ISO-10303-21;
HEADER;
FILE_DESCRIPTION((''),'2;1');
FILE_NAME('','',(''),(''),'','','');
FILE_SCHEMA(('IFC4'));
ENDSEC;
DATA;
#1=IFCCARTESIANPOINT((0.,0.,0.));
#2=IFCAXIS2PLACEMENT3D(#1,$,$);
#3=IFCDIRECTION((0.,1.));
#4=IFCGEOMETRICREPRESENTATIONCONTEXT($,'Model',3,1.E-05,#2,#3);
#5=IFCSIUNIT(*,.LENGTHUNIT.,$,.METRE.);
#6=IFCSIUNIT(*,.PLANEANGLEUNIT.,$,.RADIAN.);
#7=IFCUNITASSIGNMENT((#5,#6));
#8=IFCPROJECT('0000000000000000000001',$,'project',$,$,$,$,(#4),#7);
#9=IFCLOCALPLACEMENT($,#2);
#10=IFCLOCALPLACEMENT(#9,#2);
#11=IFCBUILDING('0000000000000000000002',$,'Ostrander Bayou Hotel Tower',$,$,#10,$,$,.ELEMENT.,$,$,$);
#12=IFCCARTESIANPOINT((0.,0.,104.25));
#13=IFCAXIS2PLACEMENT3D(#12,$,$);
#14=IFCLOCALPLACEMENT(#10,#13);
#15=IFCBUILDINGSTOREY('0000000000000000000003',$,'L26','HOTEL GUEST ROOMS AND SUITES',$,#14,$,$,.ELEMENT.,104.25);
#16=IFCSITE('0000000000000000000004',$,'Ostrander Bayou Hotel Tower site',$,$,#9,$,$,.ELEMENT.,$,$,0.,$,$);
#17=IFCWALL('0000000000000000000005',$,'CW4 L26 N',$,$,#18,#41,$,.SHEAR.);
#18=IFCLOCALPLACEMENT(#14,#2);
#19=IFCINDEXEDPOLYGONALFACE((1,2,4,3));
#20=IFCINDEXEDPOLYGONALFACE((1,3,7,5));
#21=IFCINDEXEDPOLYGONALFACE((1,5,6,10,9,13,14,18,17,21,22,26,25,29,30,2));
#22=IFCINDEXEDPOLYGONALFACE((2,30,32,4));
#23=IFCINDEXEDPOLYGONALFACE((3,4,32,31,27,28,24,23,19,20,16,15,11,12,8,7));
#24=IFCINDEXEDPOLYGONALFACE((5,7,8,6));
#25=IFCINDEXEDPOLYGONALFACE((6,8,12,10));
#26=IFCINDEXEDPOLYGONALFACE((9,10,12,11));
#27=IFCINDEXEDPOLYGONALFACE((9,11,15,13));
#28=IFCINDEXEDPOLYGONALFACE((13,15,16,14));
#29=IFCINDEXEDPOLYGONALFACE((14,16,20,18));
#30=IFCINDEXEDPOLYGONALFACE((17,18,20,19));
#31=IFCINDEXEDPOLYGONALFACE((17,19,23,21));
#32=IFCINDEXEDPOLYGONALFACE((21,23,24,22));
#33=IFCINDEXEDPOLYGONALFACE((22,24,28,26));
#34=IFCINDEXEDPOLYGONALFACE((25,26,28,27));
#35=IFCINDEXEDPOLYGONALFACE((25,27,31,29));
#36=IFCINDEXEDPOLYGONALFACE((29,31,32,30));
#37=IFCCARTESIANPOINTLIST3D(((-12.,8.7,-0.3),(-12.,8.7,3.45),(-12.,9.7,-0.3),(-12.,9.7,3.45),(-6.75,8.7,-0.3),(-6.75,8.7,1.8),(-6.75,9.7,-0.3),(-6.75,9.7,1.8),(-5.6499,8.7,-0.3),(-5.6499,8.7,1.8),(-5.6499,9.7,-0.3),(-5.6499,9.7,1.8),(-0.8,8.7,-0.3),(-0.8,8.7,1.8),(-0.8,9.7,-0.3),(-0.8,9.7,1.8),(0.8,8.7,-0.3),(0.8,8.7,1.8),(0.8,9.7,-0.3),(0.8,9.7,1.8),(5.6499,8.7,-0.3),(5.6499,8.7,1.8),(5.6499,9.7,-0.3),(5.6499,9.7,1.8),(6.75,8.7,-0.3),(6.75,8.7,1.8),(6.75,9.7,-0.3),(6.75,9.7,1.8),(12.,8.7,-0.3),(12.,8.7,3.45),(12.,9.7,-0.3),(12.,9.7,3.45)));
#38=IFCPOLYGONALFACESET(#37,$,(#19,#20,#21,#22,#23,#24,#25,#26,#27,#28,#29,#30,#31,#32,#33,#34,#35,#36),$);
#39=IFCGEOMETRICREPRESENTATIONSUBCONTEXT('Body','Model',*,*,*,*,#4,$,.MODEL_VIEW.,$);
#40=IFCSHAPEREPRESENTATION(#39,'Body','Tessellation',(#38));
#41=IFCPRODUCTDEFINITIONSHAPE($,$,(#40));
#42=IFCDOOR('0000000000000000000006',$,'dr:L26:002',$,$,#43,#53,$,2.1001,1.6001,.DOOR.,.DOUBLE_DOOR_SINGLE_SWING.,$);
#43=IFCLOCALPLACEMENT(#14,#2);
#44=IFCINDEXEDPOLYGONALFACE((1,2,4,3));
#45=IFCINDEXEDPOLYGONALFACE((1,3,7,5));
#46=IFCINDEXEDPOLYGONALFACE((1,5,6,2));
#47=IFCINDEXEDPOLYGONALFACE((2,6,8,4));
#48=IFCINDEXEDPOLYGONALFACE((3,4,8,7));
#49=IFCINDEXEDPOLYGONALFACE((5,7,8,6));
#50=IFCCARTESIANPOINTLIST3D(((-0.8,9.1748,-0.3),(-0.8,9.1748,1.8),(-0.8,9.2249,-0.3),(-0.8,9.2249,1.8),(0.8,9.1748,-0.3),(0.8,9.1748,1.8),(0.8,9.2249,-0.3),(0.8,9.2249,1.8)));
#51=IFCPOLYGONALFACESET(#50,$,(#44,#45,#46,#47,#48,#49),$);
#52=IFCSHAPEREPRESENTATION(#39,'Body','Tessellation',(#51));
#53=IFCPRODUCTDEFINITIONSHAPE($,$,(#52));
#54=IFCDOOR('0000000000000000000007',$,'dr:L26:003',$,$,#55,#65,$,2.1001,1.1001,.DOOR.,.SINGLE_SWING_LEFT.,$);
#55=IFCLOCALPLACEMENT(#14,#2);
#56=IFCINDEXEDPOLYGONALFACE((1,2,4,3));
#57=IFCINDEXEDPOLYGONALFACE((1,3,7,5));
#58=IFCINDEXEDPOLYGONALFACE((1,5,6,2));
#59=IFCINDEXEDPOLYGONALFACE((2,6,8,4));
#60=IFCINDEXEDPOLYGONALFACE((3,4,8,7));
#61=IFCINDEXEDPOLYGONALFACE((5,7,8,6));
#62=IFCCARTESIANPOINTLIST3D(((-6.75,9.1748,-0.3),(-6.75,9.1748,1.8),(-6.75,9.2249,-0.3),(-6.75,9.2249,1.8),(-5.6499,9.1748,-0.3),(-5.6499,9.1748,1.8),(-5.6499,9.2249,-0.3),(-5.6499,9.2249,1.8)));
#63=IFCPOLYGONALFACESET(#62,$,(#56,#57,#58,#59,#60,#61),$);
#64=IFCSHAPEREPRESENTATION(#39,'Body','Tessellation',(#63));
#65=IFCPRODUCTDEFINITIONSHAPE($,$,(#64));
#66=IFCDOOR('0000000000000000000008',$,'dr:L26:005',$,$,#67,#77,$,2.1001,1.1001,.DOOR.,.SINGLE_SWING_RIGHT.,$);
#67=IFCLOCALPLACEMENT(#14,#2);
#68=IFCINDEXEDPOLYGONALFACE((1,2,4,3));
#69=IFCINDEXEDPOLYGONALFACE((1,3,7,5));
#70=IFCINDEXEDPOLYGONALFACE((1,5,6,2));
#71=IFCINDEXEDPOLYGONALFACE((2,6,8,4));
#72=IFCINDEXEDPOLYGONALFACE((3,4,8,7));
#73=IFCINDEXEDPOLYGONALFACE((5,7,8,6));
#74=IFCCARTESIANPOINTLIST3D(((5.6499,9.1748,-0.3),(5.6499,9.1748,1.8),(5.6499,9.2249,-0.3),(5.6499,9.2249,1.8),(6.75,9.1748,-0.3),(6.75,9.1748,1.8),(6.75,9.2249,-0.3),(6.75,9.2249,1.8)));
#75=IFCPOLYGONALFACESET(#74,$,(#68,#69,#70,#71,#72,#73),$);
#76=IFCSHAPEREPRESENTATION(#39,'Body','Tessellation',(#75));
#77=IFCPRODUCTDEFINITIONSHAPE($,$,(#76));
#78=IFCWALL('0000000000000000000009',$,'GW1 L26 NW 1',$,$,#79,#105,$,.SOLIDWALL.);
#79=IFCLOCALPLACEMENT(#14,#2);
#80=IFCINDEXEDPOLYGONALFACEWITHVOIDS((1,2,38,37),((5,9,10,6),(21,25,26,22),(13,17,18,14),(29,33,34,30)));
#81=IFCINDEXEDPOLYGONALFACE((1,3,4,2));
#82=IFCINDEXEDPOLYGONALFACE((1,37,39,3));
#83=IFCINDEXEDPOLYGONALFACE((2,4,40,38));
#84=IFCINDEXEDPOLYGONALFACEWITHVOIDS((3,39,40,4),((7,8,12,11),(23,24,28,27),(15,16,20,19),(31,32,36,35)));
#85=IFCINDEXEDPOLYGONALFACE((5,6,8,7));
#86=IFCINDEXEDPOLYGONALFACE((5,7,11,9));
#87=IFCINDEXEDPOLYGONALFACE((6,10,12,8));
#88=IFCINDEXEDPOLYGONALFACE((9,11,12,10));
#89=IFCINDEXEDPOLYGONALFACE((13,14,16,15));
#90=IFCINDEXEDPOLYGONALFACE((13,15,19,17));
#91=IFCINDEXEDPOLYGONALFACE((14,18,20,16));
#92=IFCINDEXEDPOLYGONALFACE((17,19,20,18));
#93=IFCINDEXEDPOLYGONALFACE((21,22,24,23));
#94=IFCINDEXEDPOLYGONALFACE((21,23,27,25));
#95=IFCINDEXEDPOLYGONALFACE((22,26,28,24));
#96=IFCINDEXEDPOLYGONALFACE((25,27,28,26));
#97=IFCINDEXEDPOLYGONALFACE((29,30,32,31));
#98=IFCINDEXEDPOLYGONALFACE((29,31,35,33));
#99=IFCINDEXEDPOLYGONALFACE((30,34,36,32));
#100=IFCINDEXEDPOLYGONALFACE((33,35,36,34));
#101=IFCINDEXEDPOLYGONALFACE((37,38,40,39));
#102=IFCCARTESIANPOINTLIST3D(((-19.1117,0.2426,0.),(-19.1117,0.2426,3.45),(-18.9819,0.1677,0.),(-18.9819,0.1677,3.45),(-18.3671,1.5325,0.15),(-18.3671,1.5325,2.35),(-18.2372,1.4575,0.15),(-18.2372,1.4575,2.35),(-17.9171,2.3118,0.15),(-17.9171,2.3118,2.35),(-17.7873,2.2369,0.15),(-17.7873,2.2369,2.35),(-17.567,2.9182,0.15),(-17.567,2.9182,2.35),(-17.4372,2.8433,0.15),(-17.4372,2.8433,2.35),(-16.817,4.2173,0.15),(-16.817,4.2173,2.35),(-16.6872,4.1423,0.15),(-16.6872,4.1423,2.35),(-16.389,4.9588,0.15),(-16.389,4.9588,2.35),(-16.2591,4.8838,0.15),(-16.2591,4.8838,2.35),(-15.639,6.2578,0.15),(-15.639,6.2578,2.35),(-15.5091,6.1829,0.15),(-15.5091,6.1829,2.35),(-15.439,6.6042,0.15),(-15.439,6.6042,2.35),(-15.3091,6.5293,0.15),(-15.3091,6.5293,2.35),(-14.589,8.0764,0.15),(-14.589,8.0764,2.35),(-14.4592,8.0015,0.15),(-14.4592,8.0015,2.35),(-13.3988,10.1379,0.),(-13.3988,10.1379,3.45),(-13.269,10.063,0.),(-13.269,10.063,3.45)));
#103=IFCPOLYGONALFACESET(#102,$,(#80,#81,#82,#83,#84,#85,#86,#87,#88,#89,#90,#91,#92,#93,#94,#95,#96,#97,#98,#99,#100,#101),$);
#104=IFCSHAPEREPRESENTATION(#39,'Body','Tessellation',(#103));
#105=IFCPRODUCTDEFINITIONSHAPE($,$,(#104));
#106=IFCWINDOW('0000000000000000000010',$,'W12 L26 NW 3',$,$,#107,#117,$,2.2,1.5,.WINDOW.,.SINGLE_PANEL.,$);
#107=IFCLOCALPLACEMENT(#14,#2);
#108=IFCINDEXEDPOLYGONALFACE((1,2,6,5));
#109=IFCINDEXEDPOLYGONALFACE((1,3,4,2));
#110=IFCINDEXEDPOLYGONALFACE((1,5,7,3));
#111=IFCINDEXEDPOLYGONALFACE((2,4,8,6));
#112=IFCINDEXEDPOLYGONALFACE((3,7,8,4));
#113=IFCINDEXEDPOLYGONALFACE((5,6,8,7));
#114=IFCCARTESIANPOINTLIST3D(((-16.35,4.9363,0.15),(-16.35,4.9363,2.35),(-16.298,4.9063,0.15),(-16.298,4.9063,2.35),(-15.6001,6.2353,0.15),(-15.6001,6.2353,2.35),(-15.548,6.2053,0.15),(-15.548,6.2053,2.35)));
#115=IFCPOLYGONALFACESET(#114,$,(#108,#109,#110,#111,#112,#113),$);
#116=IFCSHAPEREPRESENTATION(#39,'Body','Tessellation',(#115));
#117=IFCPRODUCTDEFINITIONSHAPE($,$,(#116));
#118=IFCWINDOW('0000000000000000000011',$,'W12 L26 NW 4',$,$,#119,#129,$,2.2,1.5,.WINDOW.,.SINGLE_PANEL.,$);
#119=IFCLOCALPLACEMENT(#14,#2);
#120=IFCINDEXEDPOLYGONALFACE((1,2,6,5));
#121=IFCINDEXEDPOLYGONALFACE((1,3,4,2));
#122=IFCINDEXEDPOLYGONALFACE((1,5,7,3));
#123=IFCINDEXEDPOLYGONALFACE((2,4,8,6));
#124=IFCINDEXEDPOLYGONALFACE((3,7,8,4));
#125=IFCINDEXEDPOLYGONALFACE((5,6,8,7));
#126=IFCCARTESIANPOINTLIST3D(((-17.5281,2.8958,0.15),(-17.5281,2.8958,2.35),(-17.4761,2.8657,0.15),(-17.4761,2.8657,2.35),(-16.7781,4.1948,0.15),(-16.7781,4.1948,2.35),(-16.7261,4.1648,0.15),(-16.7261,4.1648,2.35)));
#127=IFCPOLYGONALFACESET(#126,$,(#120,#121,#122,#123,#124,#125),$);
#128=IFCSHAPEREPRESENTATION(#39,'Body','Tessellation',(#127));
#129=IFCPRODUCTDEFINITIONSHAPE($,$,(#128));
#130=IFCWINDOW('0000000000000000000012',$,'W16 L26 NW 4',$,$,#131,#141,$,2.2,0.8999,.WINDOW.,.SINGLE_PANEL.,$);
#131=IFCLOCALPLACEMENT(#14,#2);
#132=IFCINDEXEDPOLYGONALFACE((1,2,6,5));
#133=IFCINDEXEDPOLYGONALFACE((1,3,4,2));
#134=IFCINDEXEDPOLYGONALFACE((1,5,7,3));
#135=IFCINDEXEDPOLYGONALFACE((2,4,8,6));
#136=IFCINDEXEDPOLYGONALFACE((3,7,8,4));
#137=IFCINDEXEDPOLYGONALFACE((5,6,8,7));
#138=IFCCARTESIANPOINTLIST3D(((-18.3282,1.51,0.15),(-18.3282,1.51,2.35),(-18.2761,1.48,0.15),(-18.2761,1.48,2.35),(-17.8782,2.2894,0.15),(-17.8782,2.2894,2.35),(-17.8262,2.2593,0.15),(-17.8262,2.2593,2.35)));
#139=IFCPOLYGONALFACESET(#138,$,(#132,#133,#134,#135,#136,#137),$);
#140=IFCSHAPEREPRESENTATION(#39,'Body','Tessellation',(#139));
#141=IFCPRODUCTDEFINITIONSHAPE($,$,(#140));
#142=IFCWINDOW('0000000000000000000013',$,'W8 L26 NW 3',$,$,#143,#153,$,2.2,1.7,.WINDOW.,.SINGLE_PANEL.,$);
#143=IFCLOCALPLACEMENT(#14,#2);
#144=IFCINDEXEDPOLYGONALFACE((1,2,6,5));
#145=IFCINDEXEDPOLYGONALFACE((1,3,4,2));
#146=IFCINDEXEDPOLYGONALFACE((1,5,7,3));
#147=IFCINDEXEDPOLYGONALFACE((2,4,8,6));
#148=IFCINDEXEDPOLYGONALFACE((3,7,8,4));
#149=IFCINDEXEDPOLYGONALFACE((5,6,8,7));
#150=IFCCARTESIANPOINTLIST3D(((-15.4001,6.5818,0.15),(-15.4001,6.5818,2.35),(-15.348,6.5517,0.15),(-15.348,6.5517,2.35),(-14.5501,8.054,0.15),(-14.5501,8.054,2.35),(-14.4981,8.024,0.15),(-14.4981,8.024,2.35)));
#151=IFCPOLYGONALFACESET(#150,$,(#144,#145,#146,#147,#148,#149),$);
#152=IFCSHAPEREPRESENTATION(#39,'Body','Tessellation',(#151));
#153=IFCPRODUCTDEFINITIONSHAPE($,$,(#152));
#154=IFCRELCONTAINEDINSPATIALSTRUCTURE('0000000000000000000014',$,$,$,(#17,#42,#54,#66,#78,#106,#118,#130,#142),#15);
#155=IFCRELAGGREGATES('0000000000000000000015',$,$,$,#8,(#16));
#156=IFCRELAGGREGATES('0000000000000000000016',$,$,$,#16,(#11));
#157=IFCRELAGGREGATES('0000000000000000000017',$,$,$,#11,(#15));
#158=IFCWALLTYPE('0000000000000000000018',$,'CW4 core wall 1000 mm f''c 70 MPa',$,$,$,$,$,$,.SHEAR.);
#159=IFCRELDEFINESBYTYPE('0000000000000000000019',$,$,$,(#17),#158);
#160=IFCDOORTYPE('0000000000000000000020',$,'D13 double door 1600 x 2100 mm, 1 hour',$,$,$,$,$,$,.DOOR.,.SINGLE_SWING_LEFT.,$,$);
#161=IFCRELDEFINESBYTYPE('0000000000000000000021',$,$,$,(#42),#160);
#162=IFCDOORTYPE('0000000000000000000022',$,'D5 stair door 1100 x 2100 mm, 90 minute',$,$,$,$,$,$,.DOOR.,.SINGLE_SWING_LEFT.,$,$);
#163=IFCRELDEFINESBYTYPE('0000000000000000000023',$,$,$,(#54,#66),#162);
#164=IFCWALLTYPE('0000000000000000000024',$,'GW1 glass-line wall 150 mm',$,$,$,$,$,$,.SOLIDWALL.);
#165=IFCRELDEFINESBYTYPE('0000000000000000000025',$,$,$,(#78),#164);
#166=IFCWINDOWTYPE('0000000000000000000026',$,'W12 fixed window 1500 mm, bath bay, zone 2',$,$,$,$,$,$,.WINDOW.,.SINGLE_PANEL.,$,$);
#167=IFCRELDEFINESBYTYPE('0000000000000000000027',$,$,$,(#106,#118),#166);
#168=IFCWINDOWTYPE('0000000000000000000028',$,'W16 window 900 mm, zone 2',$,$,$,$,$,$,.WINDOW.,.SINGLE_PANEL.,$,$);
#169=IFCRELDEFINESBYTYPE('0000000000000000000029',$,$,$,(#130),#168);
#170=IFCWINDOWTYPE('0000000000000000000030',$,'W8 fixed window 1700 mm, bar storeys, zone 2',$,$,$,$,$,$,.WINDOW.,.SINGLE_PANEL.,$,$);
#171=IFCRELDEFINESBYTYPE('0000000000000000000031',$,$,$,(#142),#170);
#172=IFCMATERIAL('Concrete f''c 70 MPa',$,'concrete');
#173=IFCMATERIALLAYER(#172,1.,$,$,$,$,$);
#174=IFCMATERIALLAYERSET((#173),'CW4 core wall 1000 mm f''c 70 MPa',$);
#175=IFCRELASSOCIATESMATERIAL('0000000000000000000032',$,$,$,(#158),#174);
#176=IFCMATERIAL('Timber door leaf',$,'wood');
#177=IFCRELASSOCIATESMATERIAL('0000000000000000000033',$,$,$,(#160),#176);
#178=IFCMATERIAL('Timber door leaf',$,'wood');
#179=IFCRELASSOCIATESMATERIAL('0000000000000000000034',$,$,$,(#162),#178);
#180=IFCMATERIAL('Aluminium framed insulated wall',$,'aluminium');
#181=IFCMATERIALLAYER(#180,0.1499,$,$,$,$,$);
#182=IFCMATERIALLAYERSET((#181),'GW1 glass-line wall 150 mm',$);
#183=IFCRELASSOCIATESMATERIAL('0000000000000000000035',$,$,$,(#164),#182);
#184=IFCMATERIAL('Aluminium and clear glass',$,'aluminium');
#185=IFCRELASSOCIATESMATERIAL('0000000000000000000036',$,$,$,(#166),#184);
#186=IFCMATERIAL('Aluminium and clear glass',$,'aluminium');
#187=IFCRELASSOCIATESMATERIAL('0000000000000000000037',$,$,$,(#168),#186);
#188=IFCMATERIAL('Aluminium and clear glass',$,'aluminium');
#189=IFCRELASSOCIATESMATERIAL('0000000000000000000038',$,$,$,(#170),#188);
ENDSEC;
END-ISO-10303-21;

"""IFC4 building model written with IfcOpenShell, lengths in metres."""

from ifc_helpers import new_model, si_unit, direction, frame, frame_2d, origin, place, context, subcontext, project, spatial, rectangle, extrude, material, layer, layer_set, type_object, element, fill, save


model = new_model("IFC4")

# Units and contexts
model_context = context("Model", 3, precision=1e-05, world=origin(), true_north=direction((0.0, 1.0)))
body_context = subcontext(model_context, "Body", "Model", "MODEL_VIEW")
ifc_project = project(units=[si_unit("LENGTHUNIT", "METRE"), si_unit("PLANEANGLEUNIT", "RADIAN")], contexts=[model_context])

# Site, building, storey
site_placement = place(None, origin())
site = spatial("IfcSite", under=ifc_project, at=site_placement, Name="Ostrander Bayou Hotel Tower site", CompositionType="ELEMENT", RefElevation=0.0)
building_placement = place(site_placement, origin())
building = spatial("IfcBuilding", under=site, at=building_placement, Name="Ostrander Bayou Hotel Tower", CompositionType="ELEMENT")
storey_placement = place(building_placement, frame((0.0, 0.0, 104.25)))
storey = spatial("IfcBuildingStorey", under=building, at=storey_placement, Name="L26", Description="HOTEL GUEST ROOMS AND SUITES", CompositionType="ELEMENT", Elevation=104.25)

# Wall, openings, doors
ifc_material_1 = material(Name="Concrete f'c 70 MPa", Category="concrete")
ifc_layer_1 = layer(ifc_material_1, 1.0)
ifc_layer_set_1 = layer_set([ifc_layer_1], Name="CW4 core wall 1000 mm f'c 70 MPa")
wall_type_1 = type_object("IfcWallType", Name="CW4 core wall 1000 mm f'c 70 MPa", PredefinedType="SHEAR", material=ifc_layer_set_1)
wall_1_placement = place(storey_placement, frame((-12.0, 9.2, -0.3), z_axis=(0.0, 0.0, 1.0), x_axis=(1.0, 0.0, 0.0)))
wall_1 = element("IfcWall", 1, at=wall_1_placement, inside=storey, type_object=wall_type_1, Name="CW4 L26 N", PredefinedType="SHEAR", context=body_context, shape_type="SweptSolid", body=[
    extrude(rectangle(XDim=24.0, YDim=1.0, at=frame_2d((12.0, 0.0))), origin(), (0.0, 0.0, 1.0), 3.75),
])
opening_1_placement = place(wall_1_placement, frame((11.2, 0.0, 0.0)))
opening_1 = element("IfcOpeningElement", 2, at=opening_1_placement, cuts=wall_1, PredefinedType="OPENING", context=body_context, shape_type="SweptSolid", body=[
    extrude(rectangle(XDim=1.6001, YDim=2.1001, at=frame_2d((0.8, 1.05))), frame((0.0, 0.5, 0.0), z_axis=(0.0, -1.0, 0.0), x_axis=(1.0, 0.0, 0.0)), (0.0, 0.0, 1.0), 1.0),
])
opening_2_placement = place(wall_1_placement, frame((5.25, 0.0, 0.0)))
opening_2 = element("IfcOpeningElement", 3, at=opening_2_placement, cuts=wall_1, PredefinedType="OPENING", context=body_context, shape_type="SweptSolid", body=[
    extrude(rectangle(XDim=1.1001, YDim=2.1001, at=frame_2d((0.55, 1.05))), frame((0.0, 0.5, 0.0), z_axis=(0.0, -1.0, 0.0), x_axis=(1.0, 0.0, 0.0)), (0.0, 0.0, 1.0), 1.0),
])
opening_3_placement = place(wall_1_placement, frame((17.6499, 0.0, 0.0)))
opening_3 = element("IfcOpeningElement", 4, at=opening_3_placement, cuts=wall_1, PredefinedType="OPENING", context=body_context, shape_type="SweptSolid", body=[
    extrude(rectangle(XDim=1.1001, YDim=2.1001, at=frame_2d((0.55, 1.05))), frame((0.0, 0.5, 0.0), z_axis=(0.0, -1.0, 0.0), x_axis=(1.0, 0.0, 0.0)), (0.0, 0.0, 1.0), 1.0),
])
ifc_material_2 = material(Name="Timber door leaf", Category="wood")
door_type_1 = type_object("IfcDoorType", Name="D13 double door 1600 x 2100 mm, 1 hour", OperationType="SINGLE_SWING_LEFT", PredefinedType="DOOR", material=ifc_material_2)
door_1_placement = place(opening_1_placement, origin())
door_1 = element("IfcDoor", 5, at=door_1_placement, inside=storey, type_object=door_type_1, Name="dr:L26:002", OperationType="DOUBLE_DOOR_SINGLE_SWING", OverallHeight=2.1001, OverallWidth=1.6001, PredefinedType="DOOR", context=body_context, shape_type="SweptSolid", body=[
    extrude(rectangle(XDim=1.6001, YDim=2.1001, at=frame_2d((0.8, 1.05))), frame((0.0, 0.0249, 0.0), z_axis=(0.0, -1.0, 0.0), x_axis=(1.0, 0.0, 0.0)), (0.0, 0.0, 1.0), 0.05),
])
fill(opening_1, door_1)
ifc_material_3 = material(Name="Timber door leaf", Category="wood")
door_type_2 = type_object("IfcDoorType", Name="D5 stair door 1100 x 2100 mm, 90 minute", OperationType="SINGLE_SWING_LEFT", PredefinedType="DOOR", material=ifc_material_3)
door_2_placement = place(opening_2_placement, origin())
door_2 = element("IfcDoor", 6, at=door_2_placement, inside=storey, type_object=door_type_2, Name="dr:L26:003", OperationType="SINGLE_SWING_LEFT", OverallHeight=2.1001, OverallWidth=1.1001, PredefinedType="DOOR", context=body_context, shape_type="SweptSolid", body=[
    extrude(rectangle(XDim=1.1001, YDim=2.1001, at=frame_2d((0.55, 1.05))), frame((0.0, 0.0249, 0.0), z_axis=(0.0, -1.0, 0.0), x_axis=(1.0, 0.0, 0.0)), (0.0, 0.0, 1.0), 0.05),
])
fill(opening_2, door_2)
door_3_placement = place(opening_3_placement, origin())
door_3 = element("IfcDoor", 7, at=door_3_placement, inside=storey, type_object=door_type_2, Name="dr:L26:005", OperationType="SINGLE_SWING_RIGHT", OverallHeight=2.1001, OverallWidth=1.1001, PredefinedType="DOOR", context=body_context, shape_type="SweptSolid", body=[
    extrude(rectangle(XDim=1.1001, YDim=2.1001, at=frame_2d((0.55, 1.05))), frame((0.0, 0.0249, 0.0), z_axis=(0.0, -1.0, 0.0), x_axis=(1.0, 0.0, 0.0)), (0.0, 0.0, 1.0), 0.05),
])
fill(opening_3, door_3)

# Wall, openings, windows
ifc_material_4 = material(Name="Aluminium framed insulated wall", Category="aluminium")
ifc_layer_2 = layer(ifc_material_4, 0.1499)
ifc_layer_set_2 = layer_set([ifc_layer_2], Name="GW1 glass-line wall 150 mm")
wall_type_2 = type_object("IfcWallType", Name="GW1 glass-line wall 150 mm", PredefinedType="SOLIDWALL", material=ifc_layer_set_2)
wall_2_placement = place(storey_placement, frame((-13.334, 10.1003, 0.0), z_axis=(0.0, 0.0, 1.0), x_axis=(-0.499991, -0.866031, 0.0)))
wall_2 = element("IfcWall", 8, at=wall_2_placement, inside=storey, type_object=wall_type_2, Name="GW1 L26 NW 1", PredefinedType="SOLIDWALL", context=body_context, shape_type="SweptSolid", body=[
    extrude(rectangle(XDim=11.426, YDim=0.1499, at=frame_2d((5.7129, 0.0))), origin(), (0.0, 0.0, 1.0), 3.45),
])
opening_4_placement = place(wall_2_placement, frame((2.3801, 0.0, 0.1499)))
opening_4 = element("IfcOpeningElement", 9, at=opening_4_placement, cuts=wall_2, PredefinedType="OPENING", context=body_context, shape_type="SweptSolid", body=[
    extrude(rectangle(XDim=1.7, YDim=2.2, at=frame_2d((0.8501, 1.1001))), frame((0.0, 0.075, 0.0), z_axis=(0.0, -1.0, 0.0), x_axis=(1.0, 0.0, 0.0)), (0.0, 0.0, 1.0), 0.1499),
])
opening_5_placement = place(wall_2_placement, frame((4.4802, 0.0, 0.1499)))
opening_5 = element("IfcOpeningElement", 10, at=opening_5_placement, cuts=wall_2, PredefinedType="OPENING", context=body_context, shape_type="SweptSolid", body=[
    extrude(rectangle(XDim=1.5, YDim=2.2, at=frame_2d((0.75, 1.1001))), frame((0.0, 0.075, 0.0), z_axis=(0.0, -1.0, 0.0), x_axis=(1.0, 0.0, 0.0)), (0.0, 0.0, 1.0), 0.1499),
])
opening_6_placement = place(wall_2_placement, frame((9.0366, 0.0, 0.1499)))
opening_6 = element("IfcOpeningElement", 11, at=opening_6_placement, cuts=wall_2, PredefinedType="OPENING", context=body_context, shape_type="SweptSolid", body=[
    extrude(rectangle(XDim=0.8999, YDim=2.2, at=frame_2d((0.45, 1.1001))), frame((0.0, 0.075, 0.0), z_axis=(0.0, -1.0, 0.0), x_axis=(1.0, 0.0, 0.0)), (0.0, 0.0, 1.0), 0.1499),
])
opening_7_placement = place(wall_2_placement, frame((6.8364, 0.0, 0.1499)))
opening_7 = element("IfcOpeningElement", 12, at=opening_7_placement, cuts=wall_2, PredefinedType="OPENING", context=body_context, shape_type="SweptSolid", body=[
    extrude(rectangle(XDim=1.5, YDim=2.2, at=frame_2d((0.75, 1.1001))), frame((0.0, 0.075, 0.0), z_axis=(0.0, -1.0, 0.0), x_axis=(1.0, 0.0, 0.0)), (0.0, 0.0, 1.0), 0.1499),
])
ifc_material_5 = material(Name="Aluminium and clear glass", Category="aluminium")
window_type_1 = type_object("IfcWindowType", Name="W12 fixed window 1500 mm, bath bay, zone 2", PartitioningType="SINGLE_PANEL", PredefinedType="WINDOW", material=ifc_material_5)
window_1_placement = place(opening_5_placement, origin())
window_1 = element("IfcWindow", 13, at=window_1_placement, inside=storey, type_object=window_type_1, Name="W12 L26 NW 3", OverallHeight=2.2, OverallWidth=1.5, PartitioningType="SINGLE_PANEL", PredefinedType="WINDOW", context=body_context, shape_type="SweptSolid", body=[
    extrude(rectangle(XDim=1.5, YDim=2.2, at=frame_2d((0.75, 1.1001))), frame((0.0, 0.03, 0.0), z_axis=(0.0, -1.0, 0.0), x_axis=(1.0, 0.0, 0.0)), (0.0, 0.0, 1.0), 0.0601),
])
fill(opening_5, window_1)
window_2_placement = place(opening_7_placement, origin())
window_2 = element("IfcWindow", 14, at=window_2_placement, inside=storey, type_object=window_type_1, Name="W12 L26 NW 4", OverallHeight=2.2, OverallWidth=1.5, PartitioningType="SINGLE_PANEL", PredefinedType="WINDOW", context=body_context, shape_type="SweptSolid", body=[
    extrude(rectangle(XDim=1.5, YDim=2.2, at=frame_2d((0.75, 1.1001))), frame((0.0, 0.03, 0.0), z_axis=(0.0, -1.0, 0.0), x_axis=(1.0, 0.0, 0.0)), (0.0, 0.0, 1.0), 0.0601),
])
fill(opening_7, window_2)
ifc_material_6 = material(Name="Aluminium and clear glass", Category="aluminium")
window_type_2 = type_object("IfcWindowType", Name="W16 window 900 mm, zone 2", PartitioningType="SINGLE_PANEL", PredefinedType="WINDOW", material=ifc_material_6)
window_3_placement = place(opening_6_placement, origin())
window_3 = element("IfcWindow", 15, at=window_3_placement, inside=storey, type_object=window_type_2, Name="W16 L26 NW 4", OverallHeight=2.2, OverallWidth=0.8999, PartitioningType="SINGLE_PANEL", PredefinedType="WINDOW", context=body_context, shape_type="SweptSolid", body=[
    extrude(rectangle(XDim=0.8999, YDim=2.2, at=frame_2d((0.45, 1.1001))), frame((0.0, 0.03, 0.0), z_axis=(0.0, -1.0, 0.0), x_axis=(1.0, 0.0, 0.0)), (0.0, 0.0, 1.0), 0.0601),
])
fill(opening_6, window_3)
ifc_material_7 = material(Name="Aluminium and clear glass", Category="aluminium")
window_type_3 = type_object("IfcWindowType", Name="W8 fixed window 1700 mm, bar storeys, zone 2", PartitioningType="SINGLE_PANEL", PredefinedType="WINDOW", material=ifc_material_7)
window_4_placement = place(opening_4_placement, origin())
window_4 = element("IfcWindow", 16, at=window_4_placement, inside=storey, type_object=window_type_3, Name="W8 L26 NW 3", OverallHeight=2.2, OverallWidth=1.7, PartitioningType="SINGLE_PANEL", PredefinedType="WINDOW", context=body_context, shape_type="SweptSolid", body=[
    extrude(rectangle(XDim=1.7, YDim=2.2, at=frame_2d((0.8501, 1.1001))), frame((0.0, 0.03, 0.0), z_axis=(0.0, -1.0, 0.0), x_axis=(1.0, 0.0, 0.0)), (0.0, 0.0, 1.0), 0.0601),
])
fill(opening_4, window_4)

save(model, "model.ifc")
